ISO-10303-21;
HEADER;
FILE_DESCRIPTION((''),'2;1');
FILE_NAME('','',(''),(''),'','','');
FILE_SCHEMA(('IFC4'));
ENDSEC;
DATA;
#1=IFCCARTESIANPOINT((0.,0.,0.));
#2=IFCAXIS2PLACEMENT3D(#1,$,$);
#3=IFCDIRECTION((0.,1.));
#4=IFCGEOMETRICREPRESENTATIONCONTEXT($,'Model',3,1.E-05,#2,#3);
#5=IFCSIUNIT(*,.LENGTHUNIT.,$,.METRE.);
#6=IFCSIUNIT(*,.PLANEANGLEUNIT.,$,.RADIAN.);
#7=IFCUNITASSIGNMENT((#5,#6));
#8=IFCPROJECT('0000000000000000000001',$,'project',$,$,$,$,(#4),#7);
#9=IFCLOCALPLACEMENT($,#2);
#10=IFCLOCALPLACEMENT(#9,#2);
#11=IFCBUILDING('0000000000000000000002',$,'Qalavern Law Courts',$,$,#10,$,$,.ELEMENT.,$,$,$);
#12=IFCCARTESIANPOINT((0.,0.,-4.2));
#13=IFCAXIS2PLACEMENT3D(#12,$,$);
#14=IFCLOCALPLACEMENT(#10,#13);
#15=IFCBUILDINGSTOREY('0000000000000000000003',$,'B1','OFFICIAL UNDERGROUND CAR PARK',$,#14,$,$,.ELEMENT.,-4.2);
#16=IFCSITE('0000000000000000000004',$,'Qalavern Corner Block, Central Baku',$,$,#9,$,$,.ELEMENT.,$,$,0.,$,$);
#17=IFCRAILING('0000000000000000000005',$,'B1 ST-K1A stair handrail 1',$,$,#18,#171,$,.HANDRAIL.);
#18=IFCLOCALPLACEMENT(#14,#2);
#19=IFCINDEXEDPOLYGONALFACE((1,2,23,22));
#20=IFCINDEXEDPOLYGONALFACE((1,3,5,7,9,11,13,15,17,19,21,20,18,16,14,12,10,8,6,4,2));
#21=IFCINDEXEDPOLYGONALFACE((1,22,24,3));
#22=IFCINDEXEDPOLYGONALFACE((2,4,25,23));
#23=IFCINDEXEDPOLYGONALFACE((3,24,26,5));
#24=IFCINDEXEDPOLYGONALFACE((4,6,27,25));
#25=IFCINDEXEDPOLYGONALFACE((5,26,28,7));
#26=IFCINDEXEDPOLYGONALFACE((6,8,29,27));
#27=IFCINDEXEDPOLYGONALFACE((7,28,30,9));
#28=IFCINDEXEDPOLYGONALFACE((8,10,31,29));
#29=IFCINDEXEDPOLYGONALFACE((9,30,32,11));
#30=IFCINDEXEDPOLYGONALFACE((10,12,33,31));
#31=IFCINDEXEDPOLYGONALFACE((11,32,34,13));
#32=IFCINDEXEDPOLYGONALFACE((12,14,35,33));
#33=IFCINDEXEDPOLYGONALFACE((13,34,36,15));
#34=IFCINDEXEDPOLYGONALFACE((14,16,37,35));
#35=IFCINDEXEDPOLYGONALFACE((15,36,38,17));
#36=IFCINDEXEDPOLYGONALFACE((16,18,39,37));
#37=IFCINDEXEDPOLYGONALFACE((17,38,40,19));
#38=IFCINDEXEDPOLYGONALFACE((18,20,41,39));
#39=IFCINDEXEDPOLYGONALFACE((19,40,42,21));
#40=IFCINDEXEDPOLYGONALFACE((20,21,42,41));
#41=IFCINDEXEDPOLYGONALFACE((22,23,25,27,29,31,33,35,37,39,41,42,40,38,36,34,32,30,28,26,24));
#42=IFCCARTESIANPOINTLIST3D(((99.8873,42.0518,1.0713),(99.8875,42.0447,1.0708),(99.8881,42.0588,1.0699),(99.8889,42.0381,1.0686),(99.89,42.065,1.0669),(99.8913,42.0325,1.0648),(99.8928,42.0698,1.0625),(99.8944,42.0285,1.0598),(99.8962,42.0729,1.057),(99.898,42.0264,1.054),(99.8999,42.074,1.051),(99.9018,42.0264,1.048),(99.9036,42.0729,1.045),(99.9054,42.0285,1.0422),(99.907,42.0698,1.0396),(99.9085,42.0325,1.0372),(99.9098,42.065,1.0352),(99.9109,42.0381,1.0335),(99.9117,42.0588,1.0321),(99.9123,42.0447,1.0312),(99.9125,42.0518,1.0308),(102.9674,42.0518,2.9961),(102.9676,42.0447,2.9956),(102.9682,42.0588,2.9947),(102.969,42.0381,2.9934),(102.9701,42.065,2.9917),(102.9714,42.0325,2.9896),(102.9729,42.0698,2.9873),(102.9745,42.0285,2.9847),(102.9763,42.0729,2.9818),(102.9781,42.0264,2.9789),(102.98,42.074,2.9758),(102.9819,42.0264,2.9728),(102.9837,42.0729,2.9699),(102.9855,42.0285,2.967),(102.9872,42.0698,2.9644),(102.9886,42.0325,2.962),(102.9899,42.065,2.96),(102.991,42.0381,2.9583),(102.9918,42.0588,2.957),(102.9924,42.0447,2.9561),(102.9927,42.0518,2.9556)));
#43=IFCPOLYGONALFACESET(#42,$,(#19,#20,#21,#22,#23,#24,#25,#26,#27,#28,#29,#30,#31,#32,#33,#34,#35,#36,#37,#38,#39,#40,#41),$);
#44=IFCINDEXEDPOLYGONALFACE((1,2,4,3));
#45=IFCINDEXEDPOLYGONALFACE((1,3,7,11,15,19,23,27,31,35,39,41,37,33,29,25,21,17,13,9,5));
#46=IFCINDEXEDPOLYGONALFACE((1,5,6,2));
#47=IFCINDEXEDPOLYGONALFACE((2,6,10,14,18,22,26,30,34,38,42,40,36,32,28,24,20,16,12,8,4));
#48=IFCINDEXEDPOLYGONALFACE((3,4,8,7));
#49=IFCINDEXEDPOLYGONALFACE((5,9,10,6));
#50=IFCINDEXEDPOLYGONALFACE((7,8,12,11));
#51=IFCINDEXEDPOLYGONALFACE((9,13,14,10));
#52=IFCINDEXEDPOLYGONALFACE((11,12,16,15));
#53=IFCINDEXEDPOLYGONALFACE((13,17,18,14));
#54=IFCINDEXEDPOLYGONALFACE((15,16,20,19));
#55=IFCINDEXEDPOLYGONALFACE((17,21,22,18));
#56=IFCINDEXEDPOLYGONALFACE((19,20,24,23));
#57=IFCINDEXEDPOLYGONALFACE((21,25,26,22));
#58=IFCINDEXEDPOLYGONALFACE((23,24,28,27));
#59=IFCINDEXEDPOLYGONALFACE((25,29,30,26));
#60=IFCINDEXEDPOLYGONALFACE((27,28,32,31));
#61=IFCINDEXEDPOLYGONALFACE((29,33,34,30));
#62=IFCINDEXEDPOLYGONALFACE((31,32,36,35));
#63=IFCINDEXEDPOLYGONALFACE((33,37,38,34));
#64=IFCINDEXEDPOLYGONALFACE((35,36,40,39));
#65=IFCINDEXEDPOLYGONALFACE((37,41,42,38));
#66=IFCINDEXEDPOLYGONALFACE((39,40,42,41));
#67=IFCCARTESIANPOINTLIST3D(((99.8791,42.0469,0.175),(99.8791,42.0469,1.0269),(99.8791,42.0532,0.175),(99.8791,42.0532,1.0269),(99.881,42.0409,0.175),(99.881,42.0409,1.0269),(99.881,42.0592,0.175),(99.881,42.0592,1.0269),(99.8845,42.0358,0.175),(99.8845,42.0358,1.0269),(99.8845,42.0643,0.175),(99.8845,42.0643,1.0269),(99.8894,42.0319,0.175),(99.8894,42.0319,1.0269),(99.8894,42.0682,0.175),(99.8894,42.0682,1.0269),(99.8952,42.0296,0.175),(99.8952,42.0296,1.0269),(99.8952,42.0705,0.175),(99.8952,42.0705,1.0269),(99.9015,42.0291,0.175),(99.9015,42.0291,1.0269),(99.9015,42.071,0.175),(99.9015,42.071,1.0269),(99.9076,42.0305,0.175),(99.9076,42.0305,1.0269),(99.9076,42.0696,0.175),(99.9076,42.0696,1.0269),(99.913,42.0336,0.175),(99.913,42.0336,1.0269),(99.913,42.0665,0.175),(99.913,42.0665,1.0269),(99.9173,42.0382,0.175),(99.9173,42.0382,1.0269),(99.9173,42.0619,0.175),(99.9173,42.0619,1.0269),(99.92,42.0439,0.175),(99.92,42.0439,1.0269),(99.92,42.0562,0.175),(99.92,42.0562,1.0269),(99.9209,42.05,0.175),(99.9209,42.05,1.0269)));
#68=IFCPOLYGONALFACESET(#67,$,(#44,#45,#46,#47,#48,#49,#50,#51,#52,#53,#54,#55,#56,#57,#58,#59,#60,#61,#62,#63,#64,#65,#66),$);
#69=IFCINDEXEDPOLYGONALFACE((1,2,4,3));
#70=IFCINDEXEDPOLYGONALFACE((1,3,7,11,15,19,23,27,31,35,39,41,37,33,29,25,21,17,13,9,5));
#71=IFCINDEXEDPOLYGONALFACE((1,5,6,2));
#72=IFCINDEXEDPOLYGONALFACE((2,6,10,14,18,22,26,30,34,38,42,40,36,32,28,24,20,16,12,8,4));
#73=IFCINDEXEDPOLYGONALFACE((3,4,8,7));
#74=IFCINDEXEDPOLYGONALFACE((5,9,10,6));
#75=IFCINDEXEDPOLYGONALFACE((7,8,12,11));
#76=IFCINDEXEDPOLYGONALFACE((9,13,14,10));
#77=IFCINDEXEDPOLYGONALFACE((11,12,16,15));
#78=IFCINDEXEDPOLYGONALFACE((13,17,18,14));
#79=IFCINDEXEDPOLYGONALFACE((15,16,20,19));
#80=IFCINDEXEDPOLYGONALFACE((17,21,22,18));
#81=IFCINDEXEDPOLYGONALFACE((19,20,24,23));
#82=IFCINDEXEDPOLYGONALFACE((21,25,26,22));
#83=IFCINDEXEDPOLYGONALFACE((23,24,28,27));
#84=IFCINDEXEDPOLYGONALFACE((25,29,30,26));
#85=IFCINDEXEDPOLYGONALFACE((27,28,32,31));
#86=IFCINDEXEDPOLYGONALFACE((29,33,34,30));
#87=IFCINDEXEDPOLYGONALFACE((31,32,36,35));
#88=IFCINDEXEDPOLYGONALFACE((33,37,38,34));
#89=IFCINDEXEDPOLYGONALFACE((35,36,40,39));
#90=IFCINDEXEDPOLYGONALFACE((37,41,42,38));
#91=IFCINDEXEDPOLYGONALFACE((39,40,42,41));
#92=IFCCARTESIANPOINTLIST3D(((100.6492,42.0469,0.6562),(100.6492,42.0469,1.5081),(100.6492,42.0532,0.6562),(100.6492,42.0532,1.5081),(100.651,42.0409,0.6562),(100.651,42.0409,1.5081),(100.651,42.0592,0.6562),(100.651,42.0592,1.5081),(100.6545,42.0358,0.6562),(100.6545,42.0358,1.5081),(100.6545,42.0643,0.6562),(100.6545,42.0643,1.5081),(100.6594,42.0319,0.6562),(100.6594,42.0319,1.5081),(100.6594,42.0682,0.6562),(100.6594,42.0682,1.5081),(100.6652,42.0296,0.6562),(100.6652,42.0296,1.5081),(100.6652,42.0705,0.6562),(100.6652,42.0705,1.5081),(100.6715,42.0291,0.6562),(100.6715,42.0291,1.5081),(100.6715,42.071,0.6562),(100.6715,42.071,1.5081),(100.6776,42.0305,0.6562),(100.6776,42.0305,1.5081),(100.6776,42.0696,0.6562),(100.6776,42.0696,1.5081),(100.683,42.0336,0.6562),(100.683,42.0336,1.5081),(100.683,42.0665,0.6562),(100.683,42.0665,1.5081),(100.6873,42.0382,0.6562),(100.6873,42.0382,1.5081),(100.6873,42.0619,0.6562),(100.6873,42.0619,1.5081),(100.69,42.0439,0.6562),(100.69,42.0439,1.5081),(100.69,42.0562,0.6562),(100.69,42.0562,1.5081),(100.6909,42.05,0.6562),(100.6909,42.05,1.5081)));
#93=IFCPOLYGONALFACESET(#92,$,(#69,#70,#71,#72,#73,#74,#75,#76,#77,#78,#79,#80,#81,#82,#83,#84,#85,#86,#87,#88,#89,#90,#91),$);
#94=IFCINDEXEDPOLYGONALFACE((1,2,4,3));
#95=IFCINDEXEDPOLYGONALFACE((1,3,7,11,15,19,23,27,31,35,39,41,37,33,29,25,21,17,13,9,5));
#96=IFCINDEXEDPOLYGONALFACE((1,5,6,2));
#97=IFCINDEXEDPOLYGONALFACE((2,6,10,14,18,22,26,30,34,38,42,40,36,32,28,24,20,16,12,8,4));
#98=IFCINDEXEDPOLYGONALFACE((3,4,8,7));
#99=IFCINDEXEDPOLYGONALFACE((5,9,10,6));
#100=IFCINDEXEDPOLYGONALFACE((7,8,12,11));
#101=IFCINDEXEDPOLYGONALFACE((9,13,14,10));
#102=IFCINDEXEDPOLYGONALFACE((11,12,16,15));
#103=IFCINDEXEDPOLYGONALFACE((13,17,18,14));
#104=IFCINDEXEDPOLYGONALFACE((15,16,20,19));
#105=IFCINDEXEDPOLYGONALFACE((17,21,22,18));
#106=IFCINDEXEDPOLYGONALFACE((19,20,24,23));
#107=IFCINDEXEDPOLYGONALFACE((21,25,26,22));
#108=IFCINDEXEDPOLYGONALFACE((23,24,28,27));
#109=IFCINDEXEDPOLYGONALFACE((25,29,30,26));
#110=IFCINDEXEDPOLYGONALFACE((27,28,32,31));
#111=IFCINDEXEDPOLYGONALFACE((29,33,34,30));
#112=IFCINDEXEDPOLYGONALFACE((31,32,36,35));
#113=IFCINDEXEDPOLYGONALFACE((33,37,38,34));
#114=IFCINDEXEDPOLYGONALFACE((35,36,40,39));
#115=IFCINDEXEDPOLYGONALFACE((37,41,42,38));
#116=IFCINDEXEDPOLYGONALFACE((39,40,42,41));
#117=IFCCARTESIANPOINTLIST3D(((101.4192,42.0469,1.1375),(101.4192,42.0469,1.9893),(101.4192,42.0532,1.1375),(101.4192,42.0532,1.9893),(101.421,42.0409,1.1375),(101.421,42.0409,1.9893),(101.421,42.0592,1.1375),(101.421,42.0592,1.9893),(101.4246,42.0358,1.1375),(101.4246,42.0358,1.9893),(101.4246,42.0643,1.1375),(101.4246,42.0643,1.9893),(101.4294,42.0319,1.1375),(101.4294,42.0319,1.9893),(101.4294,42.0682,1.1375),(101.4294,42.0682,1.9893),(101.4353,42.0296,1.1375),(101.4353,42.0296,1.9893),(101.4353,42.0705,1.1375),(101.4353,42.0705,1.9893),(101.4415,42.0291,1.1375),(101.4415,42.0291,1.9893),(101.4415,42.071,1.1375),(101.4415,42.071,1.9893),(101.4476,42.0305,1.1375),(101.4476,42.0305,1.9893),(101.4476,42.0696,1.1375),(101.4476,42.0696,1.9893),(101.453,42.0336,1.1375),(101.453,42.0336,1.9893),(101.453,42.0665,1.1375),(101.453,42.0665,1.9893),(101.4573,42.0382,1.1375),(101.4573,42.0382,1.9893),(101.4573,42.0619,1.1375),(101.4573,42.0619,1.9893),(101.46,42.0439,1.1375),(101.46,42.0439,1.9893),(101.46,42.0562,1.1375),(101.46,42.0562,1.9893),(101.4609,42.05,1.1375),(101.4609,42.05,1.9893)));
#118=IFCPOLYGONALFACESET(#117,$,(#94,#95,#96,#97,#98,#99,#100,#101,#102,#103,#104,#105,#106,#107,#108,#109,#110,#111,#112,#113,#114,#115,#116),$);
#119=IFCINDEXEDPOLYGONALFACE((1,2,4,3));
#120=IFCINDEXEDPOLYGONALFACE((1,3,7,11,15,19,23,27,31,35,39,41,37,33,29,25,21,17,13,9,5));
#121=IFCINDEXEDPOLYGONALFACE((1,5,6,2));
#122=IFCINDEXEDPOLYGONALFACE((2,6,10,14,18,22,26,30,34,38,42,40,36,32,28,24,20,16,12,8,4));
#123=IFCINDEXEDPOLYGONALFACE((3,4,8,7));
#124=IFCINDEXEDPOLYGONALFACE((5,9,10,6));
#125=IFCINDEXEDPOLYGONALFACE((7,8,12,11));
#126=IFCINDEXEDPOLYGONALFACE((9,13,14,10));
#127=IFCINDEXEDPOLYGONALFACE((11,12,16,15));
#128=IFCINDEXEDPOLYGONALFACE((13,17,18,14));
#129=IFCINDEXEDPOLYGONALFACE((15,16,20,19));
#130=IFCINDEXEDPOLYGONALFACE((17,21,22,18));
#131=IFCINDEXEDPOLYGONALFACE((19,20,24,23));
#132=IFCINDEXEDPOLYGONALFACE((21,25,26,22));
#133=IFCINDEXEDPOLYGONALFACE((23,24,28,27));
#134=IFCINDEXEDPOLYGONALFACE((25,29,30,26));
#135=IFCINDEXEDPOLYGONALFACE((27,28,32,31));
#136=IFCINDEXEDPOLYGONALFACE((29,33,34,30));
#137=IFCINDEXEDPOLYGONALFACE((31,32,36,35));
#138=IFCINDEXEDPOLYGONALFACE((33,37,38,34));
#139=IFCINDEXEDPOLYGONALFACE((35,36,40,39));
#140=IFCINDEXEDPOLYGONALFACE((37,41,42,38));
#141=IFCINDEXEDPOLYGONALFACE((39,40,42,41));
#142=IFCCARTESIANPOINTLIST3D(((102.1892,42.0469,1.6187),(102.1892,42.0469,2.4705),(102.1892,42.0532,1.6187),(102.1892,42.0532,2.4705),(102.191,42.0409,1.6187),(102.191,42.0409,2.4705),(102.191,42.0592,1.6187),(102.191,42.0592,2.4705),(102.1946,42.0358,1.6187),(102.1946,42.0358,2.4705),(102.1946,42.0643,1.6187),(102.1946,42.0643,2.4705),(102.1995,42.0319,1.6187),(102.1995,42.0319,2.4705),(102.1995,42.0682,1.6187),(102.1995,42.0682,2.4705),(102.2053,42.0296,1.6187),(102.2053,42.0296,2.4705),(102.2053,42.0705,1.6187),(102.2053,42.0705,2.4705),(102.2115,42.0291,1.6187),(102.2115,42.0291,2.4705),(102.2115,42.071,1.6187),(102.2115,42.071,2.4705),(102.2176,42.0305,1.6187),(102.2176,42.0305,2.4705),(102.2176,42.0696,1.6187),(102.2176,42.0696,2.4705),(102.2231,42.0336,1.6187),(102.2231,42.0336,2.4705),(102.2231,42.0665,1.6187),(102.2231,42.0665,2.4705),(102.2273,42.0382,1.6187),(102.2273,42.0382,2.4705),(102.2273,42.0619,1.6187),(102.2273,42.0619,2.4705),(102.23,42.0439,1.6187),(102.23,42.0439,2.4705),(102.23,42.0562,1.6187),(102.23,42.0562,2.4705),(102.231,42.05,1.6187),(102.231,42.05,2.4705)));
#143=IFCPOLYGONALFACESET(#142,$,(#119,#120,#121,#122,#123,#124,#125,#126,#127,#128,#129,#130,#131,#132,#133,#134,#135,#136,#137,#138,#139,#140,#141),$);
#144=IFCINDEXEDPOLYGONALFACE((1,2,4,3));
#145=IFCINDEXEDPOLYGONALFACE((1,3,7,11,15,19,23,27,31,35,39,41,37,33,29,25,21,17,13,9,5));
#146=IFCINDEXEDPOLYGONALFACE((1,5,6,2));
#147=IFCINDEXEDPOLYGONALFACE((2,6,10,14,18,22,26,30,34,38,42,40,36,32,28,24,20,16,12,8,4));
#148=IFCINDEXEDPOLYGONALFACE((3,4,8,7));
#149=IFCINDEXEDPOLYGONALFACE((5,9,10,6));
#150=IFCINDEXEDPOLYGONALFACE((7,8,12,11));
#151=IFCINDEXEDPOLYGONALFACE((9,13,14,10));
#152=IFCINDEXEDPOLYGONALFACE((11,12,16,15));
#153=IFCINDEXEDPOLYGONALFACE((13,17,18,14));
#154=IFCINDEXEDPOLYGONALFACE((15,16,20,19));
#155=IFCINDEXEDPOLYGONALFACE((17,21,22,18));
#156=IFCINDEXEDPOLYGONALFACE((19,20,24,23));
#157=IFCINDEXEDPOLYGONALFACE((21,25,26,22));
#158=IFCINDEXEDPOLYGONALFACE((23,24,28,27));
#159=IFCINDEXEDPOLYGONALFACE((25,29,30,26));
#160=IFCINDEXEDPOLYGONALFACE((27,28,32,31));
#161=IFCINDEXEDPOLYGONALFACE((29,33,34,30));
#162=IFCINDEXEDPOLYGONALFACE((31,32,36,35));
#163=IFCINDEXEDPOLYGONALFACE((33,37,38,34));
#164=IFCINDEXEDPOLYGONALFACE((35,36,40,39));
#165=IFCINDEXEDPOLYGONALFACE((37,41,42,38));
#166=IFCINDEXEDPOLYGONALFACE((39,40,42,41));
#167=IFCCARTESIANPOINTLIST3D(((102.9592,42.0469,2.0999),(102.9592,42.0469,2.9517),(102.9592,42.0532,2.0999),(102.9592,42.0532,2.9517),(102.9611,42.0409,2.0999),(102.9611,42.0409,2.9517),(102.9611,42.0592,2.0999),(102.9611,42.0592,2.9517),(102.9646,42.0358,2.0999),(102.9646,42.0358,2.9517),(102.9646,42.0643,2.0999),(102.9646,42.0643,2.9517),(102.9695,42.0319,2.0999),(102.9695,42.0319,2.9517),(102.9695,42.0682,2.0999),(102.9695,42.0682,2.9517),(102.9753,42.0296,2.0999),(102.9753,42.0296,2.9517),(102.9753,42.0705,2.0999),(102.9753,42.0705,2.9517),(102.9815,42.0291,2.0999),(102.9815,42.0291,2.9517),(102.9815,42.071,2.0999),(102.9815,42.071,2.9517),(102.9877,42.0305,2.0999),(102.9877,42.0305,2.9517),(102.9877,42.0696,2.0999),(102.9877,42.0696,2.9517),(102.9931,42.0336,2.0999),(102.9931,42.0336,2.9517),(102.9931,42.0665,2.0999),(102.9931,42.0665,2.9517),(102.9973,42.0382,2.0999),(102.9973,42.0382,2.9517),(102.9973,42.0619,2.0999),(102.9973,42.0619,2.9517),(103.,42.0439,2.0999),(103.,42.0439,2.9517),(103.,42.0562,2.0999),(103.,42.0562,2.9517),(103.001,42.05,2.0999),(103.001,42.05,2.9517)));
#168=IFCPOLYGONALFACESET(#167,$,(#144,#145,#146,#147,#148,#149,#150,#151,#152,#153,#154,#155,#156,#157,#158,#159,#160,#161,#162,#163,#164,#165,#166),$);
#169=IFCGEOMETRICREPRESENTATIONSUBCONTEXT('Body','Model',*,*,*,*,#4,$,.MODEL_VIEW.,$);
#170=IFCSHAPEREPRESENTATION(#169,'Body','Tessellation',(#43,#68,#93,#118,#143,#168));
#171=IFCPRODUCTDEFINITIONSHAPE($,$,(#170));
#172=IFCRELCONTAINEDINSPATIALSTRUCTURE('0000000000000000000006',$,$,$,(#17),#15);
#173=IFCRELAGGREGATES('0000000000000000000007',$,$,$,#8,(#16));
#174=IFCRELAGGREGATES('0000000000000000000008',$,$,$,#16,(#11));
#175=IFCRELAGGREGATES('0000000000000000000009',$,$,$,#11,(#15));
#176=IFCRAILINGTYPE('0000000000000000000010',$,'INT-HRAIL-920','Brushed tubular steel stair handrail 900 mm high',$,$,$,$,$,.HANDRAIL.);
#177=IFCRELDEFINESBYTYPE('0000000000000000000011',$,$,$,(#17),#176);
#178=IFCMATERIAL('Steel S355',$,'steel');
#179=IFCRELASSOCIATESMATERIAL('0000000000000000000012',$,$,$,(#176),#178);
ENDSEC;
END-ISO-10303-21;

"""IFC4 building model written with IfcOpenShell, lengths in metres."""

from ifc_helpers import new_model, si_unit, direction, frame, origin, origin_2d, place, context, subcontext, project, spatial, circle, extrude, material, type_object, element, save


model = new_model("IFC4")

# Units and contexts
model_context = context("Model", 3, precision=1e-05, world=origin(), true_north=direction((0.0, 1.0)))
body_context = subcontext(model_context, "Body", "Model", "MODEL_VIEW")
ifc_project = project(units=[si_unit("LENGTHUNIT", "METRE"), si_unit("PLANEANGLEUNIT", "RADIAN")], contexts=[model_context])

# Site, building, storey
site_placement = place(None, origin())
site = spatial("IfcSite", under=ifc_project, at=site_placement, Name="Qalavern Corner Block, Central Baku", CompositionType="ELEMENT", RefElevation=0.0)
building_placement = place(site_placement, origin())
building = spatial("IfcBuilding", under=site, at=building_placement, Name="Qalavern Law Courts", CompositionType="ELEMENT")
storey_placement = place(building_placement, frame((0.0, 0.0, -4.2)))
storey = spatial("IfcBuildingStorey", under=building, at=storey_placement, Name="B1", Description="OFFICIAL UNDERGROUND CAR PARK", CompositionType="ELEMENT", Elevation=-4.2)

# Shared definitions
ifc_material_1 = material(Name="Steel S355", Category="steel")

# Railing
railing_type_1 = type_object("IfcRailingType", Name="INT-HRAIL-920", Description="Brushed tubular steel stair handrail 900 mm high", PredefinedType="HANDRAIL", material=ifc_material_1)
railing_1_placement = place(storey_placement, frame((99.8999, 42.05, 0.175)))
element("IfcRailing", 1, at=railing_1_placement, inside=storey, type_object=railing_type_1, Name="B1 ST-K1A stair handrail 1", PredefinedType="HANDRAIL", context=body_context, shape_type="SweptSolid", body=[
    extrude(circle(Radius=0.0239, at=origin_2d()), frame((0.0, 0.0, 0.876), z_axis=(0.848029, 0.0, 0.529951), x_axis=(0.0, 1.0, 0.0)), (0.0, 0.0, 1.0), 3.6321),
    extrude(circle(Radius=0.021, at=origin_2d()), origin(), (0.0, 0.0, 1.0), 0.8518),
    extrude(circle(Radius=0.021, at=origin_2d()), frame((0.77, 0.0, 0.4812)), (0.0, 0.0, 1.0), 0.8518),
    extrude(circle(Radius=0.021, at=origin_2d()), frame((1.54, 0.0, 0.9624)), (0.0, 0.0, 1.0), 0.8518),
    extrude(circle(Radius=0.021, at=origin_2d()), frame((2.3101, 0.0, 1.4436)), (0.0, 0.0, 1.0), 0.8518),
    extrude(circle(Radius=0.021, at=origin_2d()), frame((3.0801, 0.0, 1.9248)), (0.0, 0.0, 1.0), 0.8518),
])

save(model, "model.ifc")
